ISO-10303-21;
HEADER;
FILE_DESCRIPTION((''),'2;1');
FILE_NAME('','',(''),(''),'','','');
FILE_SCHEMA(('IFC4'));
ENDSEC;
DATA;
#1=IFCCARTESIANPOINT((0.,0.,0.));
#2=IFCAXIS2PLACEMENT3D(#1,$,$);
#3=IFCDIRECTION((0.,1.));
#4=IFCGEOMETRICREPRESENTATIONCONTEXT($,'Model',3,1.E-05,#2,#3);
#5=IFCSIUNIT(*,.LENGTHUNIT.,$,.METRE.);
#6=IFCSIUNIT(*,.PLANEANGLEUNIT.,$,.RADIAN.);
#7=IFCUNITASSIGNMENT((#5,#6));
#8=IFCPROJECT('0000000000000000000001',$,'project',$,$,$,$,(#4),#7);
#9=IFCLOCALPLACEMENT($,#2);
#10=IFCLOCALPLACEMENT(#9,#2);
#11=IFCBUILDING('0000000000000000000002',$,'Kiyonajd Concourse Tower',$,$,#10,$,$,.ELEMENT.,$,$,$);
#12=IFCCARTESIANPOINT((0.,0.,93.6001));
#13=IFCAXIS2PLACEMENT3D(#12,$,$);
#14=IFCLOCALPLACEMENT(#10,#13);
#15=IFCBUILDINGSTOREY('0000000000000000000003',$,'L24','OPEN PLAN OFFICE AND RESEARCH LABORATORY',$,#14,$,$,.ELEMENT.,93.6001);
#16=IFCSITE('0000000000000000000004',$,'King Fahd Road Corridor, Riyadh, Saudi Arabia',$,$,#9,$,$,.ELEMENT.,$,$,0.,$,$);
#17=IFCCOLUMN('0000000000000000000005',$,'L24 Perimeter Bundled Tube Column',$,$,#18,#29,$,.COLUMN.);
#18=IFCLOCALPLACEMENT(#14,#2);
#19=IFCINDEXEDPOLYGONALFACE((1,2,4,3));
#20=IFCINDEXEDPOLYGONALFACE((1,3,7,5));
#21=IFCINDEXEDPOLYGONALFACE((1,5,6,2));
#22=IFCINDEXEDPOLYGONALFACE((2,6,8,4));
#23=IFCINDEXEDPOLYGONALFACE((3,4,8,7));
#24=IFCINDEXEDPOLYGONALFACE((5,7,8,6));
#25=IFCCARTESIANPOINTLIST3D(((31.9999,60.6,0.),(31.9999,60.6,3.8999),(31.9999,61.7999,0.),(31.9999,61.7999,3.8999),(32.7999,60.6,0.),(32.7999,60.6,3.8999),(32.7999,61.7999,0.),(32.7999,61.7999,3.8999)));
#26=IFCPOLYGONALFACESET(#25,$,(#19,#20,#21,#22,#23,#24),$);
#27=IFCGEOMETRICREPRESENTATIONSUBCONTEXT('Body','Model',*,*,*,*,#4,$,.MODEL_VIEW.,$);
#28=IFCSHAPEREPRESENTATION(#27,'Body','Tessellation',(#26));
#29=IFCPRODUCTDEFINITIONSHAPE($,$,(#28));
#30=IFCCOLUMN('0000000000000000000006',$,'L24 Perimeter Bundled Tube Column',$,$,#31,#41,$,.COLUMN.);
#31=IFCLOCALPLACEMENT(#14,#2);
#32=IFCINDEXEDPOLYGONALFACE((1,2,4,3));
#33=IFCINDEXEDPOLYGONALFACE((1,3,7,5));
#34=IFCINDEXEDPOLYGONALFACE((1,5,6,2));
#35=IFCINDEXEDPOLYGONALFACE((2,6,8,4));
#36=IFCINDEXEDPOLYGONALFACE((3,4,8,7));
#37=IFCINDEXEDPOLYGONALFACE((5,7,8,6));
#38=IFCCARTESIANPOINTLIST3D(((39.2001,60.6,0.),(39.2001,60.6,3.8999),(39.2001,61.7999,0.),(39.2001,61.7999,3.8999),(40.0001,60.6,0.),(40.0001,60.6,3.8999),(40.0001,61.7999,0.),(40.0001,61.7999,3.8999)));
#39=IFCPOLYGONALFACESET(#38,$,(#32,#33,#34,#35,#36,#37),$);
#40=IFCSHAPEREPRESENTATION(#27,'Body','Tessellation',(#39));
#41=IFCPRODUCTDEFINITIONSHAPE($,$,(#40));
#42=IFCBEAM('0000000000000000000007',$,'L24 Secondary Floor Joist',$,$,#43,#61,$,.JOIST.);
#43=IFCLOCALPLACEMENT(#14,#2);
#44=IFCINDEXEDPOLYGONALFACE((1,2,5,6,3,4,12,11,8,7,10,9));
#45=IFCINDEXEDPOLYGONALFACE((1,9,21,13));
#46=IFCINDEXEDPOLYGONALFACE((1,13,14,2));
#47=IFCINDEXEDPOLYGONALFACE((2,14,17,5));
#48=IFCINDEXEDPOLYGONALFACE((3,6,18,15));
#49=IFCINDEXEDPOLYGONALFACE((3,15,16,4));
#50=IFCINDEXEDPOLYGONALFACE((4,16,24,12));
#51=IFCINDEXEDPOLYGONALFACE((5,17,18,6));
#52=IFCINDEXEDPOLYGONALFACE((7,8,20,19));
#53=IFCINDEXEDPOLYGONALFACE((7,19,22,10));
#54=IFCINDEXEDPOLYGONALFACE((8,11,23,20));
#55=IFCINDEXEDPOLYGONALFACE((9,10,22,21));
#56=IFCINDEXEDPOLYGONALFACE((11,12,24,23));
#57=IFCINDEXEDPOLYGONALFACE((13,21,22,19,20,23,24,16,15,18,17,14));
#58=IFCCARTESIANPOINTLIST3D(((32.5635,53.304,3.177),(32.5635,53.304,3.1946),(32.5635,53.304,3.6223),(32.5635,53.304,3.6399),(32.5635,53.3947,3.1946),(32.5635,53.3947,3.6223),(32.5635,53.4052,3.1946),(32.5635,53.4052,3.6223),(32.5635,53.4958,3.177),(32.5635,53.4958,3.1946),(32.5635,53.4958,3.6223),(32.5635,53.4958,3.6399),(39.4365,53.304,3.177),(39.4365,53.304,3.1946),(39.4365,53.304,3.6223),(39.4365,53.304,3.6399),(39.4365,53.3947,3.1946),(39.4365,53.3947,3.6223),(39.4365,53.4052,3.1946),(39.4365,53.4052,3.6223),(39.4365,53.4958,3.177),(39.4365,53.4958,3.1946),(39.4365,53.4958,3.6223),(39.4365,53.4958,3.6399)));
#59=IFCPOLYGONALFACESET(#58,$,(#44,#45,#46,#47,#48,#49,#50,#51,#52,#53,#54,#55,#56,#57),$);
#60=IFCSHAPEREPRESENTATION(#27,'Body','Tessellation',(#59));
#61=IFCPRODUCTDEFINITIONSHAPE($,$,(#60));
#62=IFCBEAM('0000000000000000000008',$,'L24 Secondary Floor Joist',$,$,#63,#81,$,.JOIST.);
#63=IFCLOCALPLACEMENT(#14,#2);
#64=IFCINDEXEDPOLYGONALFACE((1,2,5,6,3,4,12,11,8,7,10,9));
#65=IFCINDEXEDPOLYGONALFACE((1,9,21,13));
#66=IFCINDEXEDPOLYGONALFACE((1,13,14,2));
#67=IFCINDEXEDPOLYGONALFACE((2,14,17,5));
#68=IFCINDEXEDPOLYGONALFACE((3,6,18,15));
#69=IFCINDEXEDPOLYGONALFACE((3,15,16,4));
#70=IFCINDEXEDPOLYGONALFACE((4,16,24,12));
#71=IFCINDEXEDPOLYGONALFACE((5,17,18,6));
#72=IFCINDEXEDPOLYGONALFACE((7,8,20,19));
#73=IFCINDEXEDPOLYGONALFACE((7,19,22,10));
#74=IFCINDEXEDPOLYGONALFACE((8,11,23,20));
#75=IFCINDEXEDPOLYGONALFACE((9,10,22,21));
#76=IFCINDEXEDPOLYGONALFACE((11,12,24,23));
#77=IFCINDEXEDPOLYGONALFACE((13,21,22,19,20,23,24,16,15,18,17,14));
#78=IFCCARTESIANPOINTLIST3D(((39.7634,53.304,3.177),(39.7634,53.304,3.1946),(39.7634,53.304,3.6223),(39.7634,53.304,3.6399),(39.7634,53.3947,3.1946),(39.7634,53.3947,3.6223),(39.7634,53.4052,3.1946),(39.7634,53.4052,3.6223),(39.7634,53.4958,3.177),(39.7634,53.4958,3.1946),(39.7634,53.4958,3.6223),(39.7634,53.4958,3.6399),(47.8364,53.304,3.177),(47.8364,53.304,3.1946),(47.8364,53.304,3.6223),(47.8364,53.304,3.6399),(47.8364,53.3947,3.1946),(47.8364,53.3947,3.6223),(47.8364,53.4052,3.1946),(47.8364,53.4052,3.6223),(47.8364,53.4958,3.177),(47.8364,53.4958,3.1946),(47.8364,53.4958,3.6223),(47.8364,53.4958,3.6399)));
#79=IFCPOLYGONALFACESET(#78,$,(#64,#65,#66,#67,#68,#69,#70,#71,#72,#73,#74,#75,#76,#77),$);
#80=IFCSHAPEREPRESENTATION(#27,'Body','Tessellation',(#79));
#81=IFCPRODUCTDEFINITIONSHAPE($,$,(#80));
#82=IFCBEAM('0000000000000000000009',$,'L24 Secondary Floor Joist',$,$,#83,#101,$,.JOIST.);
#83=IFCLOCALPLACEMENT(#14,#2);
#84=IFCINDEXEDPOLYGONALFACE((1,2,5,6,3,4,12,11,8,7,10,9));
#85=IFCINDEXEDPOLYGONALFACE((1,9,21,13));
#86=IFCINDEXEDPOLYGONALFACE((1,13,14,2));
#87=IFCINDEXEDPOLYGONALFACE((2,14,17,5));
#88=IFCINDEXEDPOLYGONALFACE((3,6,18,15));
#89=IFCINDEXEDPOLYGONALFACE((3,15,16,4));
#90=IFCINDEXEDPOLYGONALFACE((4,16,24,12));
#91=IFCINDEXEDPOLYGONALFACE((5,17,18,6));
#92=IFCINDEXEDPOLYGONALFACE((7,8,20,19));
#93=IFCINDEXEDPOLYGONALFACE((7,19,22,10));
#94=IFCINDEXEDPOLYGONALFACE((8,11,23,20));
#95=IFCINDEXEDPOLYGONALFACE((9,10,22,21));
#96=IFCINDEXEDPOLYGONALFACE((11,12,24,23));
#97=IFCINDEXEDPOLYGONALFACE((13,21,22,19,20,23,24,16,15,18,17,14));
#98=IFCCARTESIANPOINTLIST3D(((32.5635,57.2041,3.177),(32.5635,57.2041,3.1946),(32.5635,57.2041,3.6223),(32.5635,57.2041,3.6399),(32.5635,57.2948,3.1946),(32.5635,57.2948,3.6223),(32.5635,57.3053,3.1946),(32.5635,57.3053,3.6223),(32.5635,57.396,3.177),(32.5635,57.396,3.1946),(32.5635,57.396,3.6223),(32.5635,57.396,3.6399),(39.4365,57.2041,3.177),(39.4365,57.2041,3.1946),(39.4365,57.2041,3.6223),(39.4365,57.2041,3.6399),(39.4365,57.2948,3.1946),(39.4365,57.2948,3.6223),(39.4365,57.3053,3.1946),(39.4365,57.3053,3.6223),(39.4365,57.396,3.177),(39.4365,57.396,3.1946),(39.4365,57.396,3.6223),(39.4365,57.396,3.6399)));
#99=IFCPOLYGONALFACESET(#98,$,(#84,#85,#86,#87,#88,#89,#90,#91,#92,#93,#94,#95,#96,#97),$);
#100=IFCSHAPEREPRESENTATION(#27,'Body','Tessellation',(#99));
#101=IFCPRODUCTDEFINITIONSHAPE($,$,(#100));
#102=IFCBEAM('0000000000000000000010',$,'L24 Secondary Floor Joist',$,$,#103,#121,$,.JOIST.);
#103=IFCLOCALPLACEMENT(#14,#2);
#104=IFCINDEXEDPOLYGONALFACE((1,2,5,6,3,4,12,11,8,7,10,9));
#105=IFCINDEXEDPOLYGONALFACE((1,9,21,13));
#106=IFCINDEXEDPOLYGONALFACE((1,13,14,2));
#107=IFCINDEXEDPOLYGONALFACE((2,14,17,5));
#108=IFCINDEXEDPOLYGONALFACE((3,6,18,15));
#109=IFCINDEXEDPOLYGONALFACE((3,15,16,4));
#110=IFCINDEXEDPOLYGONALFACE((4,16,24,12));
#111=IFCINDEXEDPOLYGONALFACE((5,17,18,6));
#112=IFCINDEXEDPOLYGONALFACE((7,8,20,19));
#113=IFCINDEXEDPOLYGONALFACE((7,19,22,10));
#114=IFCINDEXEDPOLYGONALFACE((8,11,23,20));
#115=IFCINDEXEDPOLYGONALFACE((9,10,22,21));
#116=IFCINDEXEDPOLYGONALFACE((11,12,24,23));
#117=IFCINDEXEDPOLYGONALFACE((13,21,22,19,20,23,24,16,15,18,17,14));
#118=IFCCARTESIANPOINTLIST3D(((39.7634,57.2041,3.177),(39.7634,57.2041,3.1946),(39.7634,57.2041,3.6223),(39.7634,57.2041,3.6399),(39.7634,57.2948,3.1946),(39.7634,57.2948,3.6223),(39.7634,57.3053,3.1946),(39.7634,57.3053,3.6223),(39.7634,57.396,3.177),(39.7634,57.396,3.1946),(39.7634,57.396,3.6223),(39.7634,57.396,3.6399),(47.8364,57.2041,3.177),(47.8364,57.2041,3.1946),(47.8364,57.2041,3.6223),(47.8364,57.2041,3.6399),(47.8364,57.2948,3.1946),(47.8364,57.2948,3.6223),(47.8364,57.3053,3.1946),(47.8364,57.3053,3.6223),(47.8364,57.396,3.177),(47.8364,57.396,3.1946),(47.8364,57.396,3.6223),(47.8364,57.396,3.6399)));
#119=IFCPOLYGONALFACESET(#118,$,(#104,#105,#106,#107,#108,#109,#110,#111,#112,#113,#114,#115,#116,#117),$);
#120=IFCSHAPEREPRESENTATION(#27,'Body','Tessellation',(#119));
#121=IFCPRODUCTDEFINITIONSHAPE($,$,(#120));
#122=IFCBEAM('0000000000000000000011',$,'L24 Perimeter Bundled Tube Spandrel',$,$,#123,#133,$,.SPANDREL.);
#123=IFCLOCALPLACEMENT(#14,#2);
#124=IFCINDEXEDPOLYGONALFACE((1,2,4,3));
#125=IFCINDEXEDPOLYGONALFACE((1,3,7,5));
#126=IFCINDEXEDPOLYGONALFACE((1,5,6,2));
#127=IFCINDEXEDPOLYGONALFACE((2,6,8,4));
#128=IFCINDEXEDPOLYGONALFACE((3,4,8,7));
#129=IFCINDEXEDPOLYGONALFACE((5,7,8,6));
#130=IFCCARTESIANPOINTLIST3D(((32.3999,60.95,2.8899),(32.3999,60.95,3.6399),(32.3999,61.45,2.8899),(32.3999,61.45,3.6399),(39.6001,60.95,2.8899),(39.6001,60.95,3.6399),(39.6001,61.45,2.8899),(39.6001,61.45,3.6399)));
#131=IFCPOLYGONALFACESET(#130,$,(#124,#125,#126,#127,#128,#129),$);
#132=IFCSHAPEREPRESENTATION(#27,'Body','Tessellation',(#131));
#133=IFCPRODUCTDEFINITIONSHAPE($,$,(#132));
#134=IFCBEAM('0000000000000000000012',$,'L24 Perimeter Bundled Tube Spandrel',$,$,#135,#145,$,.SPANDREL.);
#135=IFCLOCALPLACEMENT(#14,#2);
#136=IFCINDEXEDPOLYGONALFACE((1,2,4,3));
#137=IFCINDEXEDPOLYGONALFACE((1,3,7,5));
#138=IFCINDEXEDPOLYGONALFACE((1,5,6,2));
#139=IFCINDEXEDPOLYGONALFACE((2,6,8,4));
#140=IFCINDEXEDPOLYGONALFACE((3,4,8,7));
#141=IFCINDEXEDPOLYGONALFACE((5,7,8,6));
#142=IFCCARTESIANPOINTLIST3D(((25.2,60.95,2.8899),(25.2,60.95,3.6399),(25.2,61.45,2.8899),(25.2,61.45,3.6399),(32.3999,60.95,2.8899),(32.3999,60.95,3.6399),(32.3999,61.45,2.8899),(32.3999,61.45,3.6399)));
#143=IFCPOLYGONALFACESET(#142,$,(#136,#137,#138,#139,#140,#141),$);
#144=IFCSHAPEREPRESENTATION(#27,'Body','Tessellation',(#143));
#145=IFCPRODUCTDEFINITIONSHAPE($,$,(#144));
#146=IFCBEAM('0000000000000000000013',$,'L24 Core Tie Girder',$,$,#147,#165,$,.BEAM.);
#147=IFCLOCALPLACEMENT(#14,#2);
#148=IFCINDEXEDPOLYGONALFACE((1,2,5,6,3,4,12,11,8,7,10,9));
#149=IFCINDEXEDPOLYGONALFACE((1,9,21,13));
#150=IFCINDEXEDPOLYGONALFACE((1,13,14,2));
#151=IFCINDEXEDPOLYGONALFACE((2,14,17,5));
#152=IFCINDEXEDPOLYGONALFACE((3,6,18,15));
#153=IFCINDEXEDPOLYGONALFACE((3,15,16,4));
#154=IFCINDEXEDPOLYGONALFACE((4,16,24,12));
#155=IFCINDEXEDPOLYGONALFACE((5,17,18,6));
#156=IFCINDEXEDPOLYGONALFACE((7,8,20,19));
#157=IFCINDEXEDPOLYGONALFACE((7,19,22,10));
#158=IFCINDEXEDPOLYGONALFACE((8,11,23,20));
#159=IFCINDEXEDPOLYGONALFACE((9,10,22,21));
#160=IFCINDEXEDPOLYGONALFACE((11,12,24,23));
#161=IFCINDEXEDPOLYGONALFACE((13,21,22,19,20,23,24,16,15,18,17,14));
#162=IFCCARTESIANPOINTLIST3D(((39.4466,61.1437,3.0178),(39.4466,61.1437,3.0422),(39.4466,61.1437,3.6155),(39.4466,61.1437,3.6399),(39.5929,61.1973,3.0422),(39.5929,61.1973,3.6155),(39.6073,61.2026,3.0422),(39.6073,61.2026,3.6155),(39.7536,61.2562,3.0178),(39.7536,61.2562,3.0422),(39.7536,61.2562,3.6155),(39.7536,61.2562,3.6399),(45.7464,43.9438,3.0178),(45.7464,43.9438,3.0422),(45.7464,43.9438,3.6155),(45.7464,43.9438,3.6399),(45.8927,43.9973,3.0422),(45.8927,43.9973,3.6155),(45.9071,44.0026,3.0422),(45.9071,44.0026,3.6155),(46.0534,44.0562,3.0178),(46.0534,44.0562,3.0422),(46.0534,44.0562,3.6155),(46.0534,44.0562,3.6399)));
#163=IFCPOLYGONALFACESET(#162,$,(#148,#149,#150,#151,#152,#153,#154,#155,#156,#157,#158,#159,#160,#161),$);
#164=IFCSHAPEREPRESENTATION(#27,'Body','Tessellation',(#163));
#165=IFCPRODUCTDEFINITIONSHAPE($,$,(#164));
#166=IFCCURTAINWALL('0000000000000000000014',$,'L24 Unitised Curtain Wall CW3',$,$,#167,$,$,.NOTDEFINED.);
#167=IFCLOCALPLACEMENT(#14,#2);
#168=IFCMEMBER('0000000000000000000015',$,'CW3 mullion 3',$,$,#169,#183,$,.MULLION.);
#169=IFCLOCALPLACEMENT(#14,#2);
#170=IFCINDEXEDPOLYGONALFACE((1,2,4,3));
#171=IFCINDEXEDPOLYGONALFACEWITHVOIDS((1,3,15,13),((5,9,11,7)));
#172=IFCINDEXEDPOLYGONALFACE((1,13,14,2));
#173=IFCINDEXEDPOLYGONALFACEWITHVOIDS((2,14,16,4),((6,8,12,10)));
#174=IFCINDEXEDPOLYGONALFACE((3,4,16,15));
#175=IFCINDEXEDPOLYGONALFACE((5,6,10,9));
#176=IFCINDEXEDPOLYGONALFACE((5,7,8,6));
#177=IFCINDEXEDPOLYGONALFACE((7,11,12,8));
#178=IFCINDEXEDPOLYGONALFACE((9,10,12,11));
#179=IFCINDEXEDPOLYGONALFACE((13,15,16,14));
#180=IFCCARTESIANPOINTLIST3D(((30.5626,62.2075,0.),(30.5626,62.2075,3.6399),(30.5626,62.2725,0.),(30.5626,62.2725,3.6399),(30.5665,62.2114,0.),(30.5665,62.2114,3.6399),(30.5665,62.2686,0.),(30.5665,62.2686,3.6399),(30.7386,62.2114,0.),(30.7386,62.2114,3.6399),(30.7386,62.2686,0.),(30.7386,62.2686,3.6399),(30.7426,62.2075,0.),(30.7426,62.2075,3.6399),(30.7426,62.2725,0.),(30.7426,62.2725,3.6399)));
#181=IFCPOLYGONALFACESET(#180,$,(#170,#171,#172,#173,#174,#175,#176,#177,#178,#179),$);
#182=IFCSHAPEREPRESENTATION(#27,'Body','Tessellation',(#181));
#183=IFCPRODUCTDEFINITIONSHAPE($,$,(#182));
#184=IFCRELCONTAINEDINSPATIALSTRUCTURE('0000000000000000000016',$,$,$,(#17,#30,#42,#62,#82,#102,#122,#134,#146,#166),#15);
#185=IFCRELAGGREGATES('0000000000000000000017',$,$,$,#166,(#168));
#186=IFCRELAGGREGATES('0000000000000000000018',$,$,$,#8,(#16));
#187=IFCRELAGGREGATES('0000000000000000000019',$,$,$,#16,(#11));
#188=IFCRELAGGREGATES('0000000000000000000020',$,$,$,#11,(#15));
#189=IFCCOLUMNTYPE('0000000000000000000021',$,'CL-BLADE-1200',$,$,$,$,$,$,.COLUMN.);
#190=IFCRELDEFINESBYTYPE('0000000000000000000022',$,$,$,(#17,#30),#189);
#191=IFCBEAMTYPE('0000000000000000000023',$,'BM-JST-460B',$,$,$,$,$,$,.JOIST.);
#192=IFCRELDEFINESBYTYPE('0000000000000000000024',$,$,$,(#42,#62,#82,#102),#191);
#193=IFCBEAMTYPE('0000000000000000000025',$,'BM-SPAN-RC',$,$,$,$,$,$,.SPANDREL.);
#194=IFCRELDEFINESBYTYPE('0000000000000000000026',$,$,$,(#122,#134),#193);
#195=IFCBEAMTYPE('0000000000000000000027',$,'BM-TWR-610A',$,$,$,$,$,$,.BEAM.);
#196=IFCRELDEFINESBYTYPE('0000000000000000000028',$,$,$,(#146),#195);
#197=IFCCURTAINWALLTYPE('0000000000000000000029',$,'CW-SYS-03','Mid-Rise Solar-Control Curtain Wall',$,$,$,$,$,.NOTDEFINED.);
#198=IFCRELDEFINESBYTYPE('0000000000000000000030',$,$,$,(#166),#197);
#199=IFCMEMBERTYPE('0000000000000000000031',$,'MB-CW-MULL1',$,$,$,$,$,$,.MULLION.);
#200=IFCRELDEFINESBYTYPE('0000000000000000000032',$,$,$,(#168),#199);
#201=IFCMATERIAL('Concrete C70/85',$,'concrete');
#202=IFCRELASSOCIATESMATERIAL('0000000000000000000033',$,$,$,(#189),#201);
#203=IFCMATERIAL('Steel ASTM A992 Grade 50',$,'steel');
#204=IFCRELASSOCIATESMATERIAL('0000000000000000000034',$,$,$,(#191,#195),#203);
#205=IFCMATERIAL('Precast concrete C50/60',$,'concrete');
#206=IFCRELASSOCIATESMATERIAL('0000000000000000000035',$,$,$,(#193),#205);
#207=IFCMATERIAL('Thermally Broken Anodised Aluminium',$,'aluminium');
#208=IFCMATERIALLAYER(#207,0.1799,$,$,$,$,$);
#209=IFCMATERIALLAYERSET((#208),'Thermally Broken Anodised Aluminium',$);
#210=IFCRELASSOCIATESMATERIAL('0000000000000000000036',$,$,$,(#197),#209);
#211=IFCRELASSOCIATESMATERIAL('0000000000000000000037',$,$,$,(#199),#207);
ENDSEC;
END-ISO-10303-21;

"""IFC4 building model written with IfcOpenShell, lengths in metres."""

from ifc_helpers import new_model, si_unit, direction, frame, origin, origin_2d, place, context, subcontext, project, spatial, rectangle, hollow_rectangle, i_section, extrude, material, layer, layer_set, material_profile, profile_set, type_object, element, aggregate, save


model = new_model("IFC4")

# Units and contexts
model_context = context("Model", 3, precision=1e-05, world=origin(), true_north=direction((0.0, 1.0)))
body_context = subcontext(model_context, "Body", "Model", "MODEL_VIEW")
ifc_project = project(units=[si_unit("LENGTHUNIT", "METRE"), si_unit("PLANEANGLEUNIT", "RADIAN")], contexts=[model_context])

# Site, building, storey
site_placement = place(None, origin())
site = spatial("IfcSite", under=ifc_project, at=site_placement, Name="King Fahd Road Corridor, Riyadh, Saudi Arabia", CompositionType="ELEMENT", RefElevation=0.0)
building_placement = place(site_placement, origin())
building = spatial("IfcBuilding", under=site, at=building_placement, Name="Kiyonajd Concourse Tower", CompositionType="ELEMENT")
storey_placement = place(building_placement, frame((0.0, 0.0, 93.6001)))
storey = spatial("IfcBuildingStorey", under=building, at=storey_placement, Name="L24", Description="OPEN PLAN OFFICE AND RESEARCH LABORATORY", CompositionType="ELEMENT", Elevation=93.6001)

# Columns
ifc_material_1 = material(Name="Concrete C70/85", Category="concrete")
ifc_material_profile_1 = material_profile(ifc_material_1, rectangle(XDim=0.8, YDim=1.2, at=origin_2d()), Name="RC-1200x800")
ifc_profile_set_1 = profile_set([ifc_material_profile_1], Name="Concrete C70/85")
column_type = type_object("IfcColumnType", Name="CL-BLADE-1200", PredefinedType="COLUMN", material=ifc_profile_set_1)
for number, where, z_axis, x_axis, name in (
    (1, (32.3999, 61.2, 0.0), (0.0, 0.0, 1.0), (1.0, 0.0, 0.0), "L24 Perimeter Bundled Tube Column"),
    (2, (39.6001, 61.2, 0.0), (0.0, 0.0, 1.0), (1.0, 0.0, 0.0), "L24 Perimeter Bundled Tube Column"),
):
    element("IfcColumn", number, at=place(storey_placement, frame(where, z_axis=z_axis, x_axis=x_axis)), inside=storey, type_object=column_type, Name=name, PredefinedType="COLUMN", context=body_context, shape_type="SweptSolid", body=[
        extrude(rectangle(XDim=0.8, YDim=1.2, at=origin_2d()), origin(), (0.0, 0.0, 1.0), 3.8999),
    ])

# Beams
ifc_material_2 = material(Name="Steel ASTM A992 Grade 50", Category="steel")
ifc_material_profile_2 = material_profile(ifc_material_2, i_section(OverallWidth=0.1919, OverallDepth=0.4629, WebThickness=0.0105, FlangeThickness=0.0176, at=origin_2d()), Name="W460X89")
ifc_profile_set_2 = profile_set([ifc_material_profile_2], Name="Steel ASTM A992 Grade 50")
beam_type_1 = type_object("IfcBeamType", Name="BM-JST-460B", PredefinedType="JOIST", material=ifc_profile_set_2)
beam_1_placement = place(storey_placement, frame((32.5635, 53.3999, 3.4084), z_axis=(1.0, 0.0, 0.0), x_axis=(0.0, 1.0, 0.0)))
element("IfcBeam", 3, at=beam_1_placement, inside=storey, type_object=beam_type_1, Name="L24 Secondary Floor Joist", PredefinedType="JOIST", context=body_context, shape_type="SweptSolid", body=[
    extrude(i_section(OverallWidth=0.1919, OverallDepth=0.4629, WebThickness=0.0105, FlangeThickness=0.0176, at=origin_2d()), origin(), (0.0, 0.0, 1.0), 6.873),
])
beam_2_placement = place(storey_placement, frame((39.7634, 53.3999, 3.4084), z_axis=(1.0, 0.0, 0.0), x_axis=(0.0, 1.0, 0.0)))
element("IfcBeam", 4, at=beam_2_placement, inside=storey, type_object=beam_type_1, Name="L24 Secondary Floor Joist", PredefinedType="JOIST", context=body_context, shape_type="SweptSolid", body=[
    extrude(i_section(OverallWidth=0.1919, OverallDepth=0.4629, WebThickness=0.0105, FlangeThickness=0.0176, at=origin_2d()), origin(), (0.0, 0.0, 1.0), 8.073),
])
beam_3_placement = place(storey_placement, frame((32.5635, 57.3, 3.4084), z_axis=(1.0, 0.0, 0.0), x_axis=(0.0, 1.0, 0.0)))
element("IfcBeam", 5, at=beam_3_placement, inside=storey, type_object=beam_type_1, Name="L24 Secondary Floor Joist", PredefinedType="JOIST", context=body_context, shape_type="SweptSolid", body=[
    extrude(i_section(OverallWidth=0.1919, OverallDepth=0.4629, WebThickness=0.0105, FlangeThickness=0.0176, at=origin_2d()), origin(), (0.0, 0.0, 1.0), 6.873),
])
beam_4_placement = place(storey_placement, frame((39.7634, 57.3, 3.4084), z_axis=(1.0, 0.0, 0.0), x_axis=(0.0, 1.0, 0.0)))
element("IfcBeam", 6, at=beam_4_placement, inside=storey, type_object=beam_type_1, Name="L24 Secondary Floor Joist", PredefinedType="JOIST", context=body_context, shape_type="SweptSolid", body=[
    extrude(i_section(OverallWidth=0.1919, OverallDepth=0.4629, WebThickness=0.0105, FlangeThickness=0.0176, at=origin_2d()), origin(), (0.0, 0.0, 1.0), 8.073),
])
ifc_material_3 = material(Name="Precast concrete C50/60", Category="concrete")
ifc_material_profile_3 = material_profile(ifc_material_3, rectangle(XDim=0.5, YDim=0.75, at=origin_2d()), Name="RCBM-500x750")
ifc_profile_set_3 = profile_set([ifc_material_profile_3], Name="Precast concrete C50/60")
beam_type_2 = type_object("IfcBeamType", Name="BM-SPAN-RC", PredefinedType="SPANDREL", material=ifc_profile_set_3)
beam_5_placement = place(storey_placement, frame((39.6001, 61.2, 3.2649), z_axis=(-1.0, 0.0, 0.0), x_axis=(0.0, -1.0, 0.0)))
element("IfcBeam", 7, at=beam_5_placement, inside=storey, type_object=beam_type_2, Name="L24 Perimeter Bundled Tube Spandrel", PredefinedType="SPANDREL", context=body_context, shape_type="SweptSolid", body=[
    extrude(rectangle(XDim=0.5, YDim=0.75, at=origin_2d()), origin(), (0.0, 0.0, 1.0), 7.2002),
])
beam_6_placement = place(storey_placement, frame((32.3999, 61.2, 3.2649), z_axis=(-1.0, 0.0, 0.0), x_axis=(0.0, -1.0, 0.0)))
element("IfcBeam", 8, at=beam_6_placement, inside=storey, type_object=beam_type_2, Name="L24 Perimeter Bundled Tube Spandrel", PredefinedType="SPANDREL", context=body_context, shape_type="SweptSolid", body=[
    extrude(rectangle(XDim=0.5, YDim=0.75, at=origin_2d()), origin(), (0.0, 0.0, 1.0), 7.2),
])
ifc_material_profile_4 = material_profile(ifc_material_2, i_section(OverallWidth=0.3269, OverallDepth=0.6221, WebThickness=0.0154, FlangeThickness=0.0244, at=origin_2d()), Name="W610X195")
ifc_profile_set_4 = profile_set([ifc_material_profile_4], Name="Steel ASTM A992 Grade 50")
beam_type_3 = type_object("IfcBeamType", Name="BM-TWR-610A", PredefinedType="BEAM", material=ifc_profile_set_4)
beam_7_placement = place(storey_placement, frame((39.6001, 61.2, 3.3289), z_axis=(0.343925, -0.938997, 0.0), x_axis=(0.938997, 0.343925, 0.0)))
element("IfcBeam", 9, at=beam_7_placement, inside=storey, type_object=beam_type_3, Name="L24 Core Tie Girder", PredefinedType="BEAM", context=body_context, shape_type="SweptSolid", body=[
    extrude(i_section(OverallWidth=0.3269, OverallDepth=0.6221, WebThickness=0.0154, FlangeThickness=0.0244, at=origin_2d()), origin(), (0.0, 0.0, 1.0), 18.3174),
])

# Curtain wall, member
ifc_material_4 = material(Name="Thermally Broken Anodised Aluminium", Category="aluminium")
ifc_layer_1 = layer(ifc_material_4, 0.1799)
ifc_layer_set_1 = layer_set([ifc_layer_1], Name="Thermally Broken Anodised Aluminium")
curtain_wall_type = type_object("IfcCurtainWallType", Name="CW-SYS-03", Description="Mid-Rise Solar-Control Curtain Wall", PredefinedType="NOTDEFINED", material=ifc_layer_set_1)
curtain_wall_placement = place(storey_placement, origin())
curtain_wall = element("IfcCurtainWall", 10, at=curtain_wall_placement, inside=storey, type_object=curtain_wall_type, Name="L24 Unitised Curtain Wall CW3", PredefinedType="NOTDEFINED")
ifc_material_profile_5 = material_profile(ifc_material_4, hollow_rectangle(XDim=0.0649, YDim=0.1799, WallThickness=0.0039, at=origin_2d()), Name="MULL-65x180")
ifc_profile_set_5 = profile_set([ifc_material_profile_5], Name="Thermally Broken Anodised Aluminium")
member_type_1 = type_object("IfcMemberType", Name="MB-CW-MULL1", PredefinedType="MULLION", material=ifc_profile_set_5)
member_1_placement = place(storey_placement, frame((30.6526, 62.24, 0.0), z_axis=(0.0, 0.0, 1.0), x_axis=(0.0, 1.0, 0.0)))
member_1 = element("IfcMember", 11, at=member_1_placement, type_object=member_type_1, Name="CW3 mullion 3", PredefinedType="MULLION", context=body_context, shape_type="SweptSolid", body=[
    extrude(hollow_rectangle(XDim=0.0649, YDim=0.1799, WallThickness=0.0039, at=origin_2d()), origin(), (0.0, 0.0, 1.0), 3.6399),
])
aggregate(curtain_wall, [member_1])

save(model, "model.ifc")
